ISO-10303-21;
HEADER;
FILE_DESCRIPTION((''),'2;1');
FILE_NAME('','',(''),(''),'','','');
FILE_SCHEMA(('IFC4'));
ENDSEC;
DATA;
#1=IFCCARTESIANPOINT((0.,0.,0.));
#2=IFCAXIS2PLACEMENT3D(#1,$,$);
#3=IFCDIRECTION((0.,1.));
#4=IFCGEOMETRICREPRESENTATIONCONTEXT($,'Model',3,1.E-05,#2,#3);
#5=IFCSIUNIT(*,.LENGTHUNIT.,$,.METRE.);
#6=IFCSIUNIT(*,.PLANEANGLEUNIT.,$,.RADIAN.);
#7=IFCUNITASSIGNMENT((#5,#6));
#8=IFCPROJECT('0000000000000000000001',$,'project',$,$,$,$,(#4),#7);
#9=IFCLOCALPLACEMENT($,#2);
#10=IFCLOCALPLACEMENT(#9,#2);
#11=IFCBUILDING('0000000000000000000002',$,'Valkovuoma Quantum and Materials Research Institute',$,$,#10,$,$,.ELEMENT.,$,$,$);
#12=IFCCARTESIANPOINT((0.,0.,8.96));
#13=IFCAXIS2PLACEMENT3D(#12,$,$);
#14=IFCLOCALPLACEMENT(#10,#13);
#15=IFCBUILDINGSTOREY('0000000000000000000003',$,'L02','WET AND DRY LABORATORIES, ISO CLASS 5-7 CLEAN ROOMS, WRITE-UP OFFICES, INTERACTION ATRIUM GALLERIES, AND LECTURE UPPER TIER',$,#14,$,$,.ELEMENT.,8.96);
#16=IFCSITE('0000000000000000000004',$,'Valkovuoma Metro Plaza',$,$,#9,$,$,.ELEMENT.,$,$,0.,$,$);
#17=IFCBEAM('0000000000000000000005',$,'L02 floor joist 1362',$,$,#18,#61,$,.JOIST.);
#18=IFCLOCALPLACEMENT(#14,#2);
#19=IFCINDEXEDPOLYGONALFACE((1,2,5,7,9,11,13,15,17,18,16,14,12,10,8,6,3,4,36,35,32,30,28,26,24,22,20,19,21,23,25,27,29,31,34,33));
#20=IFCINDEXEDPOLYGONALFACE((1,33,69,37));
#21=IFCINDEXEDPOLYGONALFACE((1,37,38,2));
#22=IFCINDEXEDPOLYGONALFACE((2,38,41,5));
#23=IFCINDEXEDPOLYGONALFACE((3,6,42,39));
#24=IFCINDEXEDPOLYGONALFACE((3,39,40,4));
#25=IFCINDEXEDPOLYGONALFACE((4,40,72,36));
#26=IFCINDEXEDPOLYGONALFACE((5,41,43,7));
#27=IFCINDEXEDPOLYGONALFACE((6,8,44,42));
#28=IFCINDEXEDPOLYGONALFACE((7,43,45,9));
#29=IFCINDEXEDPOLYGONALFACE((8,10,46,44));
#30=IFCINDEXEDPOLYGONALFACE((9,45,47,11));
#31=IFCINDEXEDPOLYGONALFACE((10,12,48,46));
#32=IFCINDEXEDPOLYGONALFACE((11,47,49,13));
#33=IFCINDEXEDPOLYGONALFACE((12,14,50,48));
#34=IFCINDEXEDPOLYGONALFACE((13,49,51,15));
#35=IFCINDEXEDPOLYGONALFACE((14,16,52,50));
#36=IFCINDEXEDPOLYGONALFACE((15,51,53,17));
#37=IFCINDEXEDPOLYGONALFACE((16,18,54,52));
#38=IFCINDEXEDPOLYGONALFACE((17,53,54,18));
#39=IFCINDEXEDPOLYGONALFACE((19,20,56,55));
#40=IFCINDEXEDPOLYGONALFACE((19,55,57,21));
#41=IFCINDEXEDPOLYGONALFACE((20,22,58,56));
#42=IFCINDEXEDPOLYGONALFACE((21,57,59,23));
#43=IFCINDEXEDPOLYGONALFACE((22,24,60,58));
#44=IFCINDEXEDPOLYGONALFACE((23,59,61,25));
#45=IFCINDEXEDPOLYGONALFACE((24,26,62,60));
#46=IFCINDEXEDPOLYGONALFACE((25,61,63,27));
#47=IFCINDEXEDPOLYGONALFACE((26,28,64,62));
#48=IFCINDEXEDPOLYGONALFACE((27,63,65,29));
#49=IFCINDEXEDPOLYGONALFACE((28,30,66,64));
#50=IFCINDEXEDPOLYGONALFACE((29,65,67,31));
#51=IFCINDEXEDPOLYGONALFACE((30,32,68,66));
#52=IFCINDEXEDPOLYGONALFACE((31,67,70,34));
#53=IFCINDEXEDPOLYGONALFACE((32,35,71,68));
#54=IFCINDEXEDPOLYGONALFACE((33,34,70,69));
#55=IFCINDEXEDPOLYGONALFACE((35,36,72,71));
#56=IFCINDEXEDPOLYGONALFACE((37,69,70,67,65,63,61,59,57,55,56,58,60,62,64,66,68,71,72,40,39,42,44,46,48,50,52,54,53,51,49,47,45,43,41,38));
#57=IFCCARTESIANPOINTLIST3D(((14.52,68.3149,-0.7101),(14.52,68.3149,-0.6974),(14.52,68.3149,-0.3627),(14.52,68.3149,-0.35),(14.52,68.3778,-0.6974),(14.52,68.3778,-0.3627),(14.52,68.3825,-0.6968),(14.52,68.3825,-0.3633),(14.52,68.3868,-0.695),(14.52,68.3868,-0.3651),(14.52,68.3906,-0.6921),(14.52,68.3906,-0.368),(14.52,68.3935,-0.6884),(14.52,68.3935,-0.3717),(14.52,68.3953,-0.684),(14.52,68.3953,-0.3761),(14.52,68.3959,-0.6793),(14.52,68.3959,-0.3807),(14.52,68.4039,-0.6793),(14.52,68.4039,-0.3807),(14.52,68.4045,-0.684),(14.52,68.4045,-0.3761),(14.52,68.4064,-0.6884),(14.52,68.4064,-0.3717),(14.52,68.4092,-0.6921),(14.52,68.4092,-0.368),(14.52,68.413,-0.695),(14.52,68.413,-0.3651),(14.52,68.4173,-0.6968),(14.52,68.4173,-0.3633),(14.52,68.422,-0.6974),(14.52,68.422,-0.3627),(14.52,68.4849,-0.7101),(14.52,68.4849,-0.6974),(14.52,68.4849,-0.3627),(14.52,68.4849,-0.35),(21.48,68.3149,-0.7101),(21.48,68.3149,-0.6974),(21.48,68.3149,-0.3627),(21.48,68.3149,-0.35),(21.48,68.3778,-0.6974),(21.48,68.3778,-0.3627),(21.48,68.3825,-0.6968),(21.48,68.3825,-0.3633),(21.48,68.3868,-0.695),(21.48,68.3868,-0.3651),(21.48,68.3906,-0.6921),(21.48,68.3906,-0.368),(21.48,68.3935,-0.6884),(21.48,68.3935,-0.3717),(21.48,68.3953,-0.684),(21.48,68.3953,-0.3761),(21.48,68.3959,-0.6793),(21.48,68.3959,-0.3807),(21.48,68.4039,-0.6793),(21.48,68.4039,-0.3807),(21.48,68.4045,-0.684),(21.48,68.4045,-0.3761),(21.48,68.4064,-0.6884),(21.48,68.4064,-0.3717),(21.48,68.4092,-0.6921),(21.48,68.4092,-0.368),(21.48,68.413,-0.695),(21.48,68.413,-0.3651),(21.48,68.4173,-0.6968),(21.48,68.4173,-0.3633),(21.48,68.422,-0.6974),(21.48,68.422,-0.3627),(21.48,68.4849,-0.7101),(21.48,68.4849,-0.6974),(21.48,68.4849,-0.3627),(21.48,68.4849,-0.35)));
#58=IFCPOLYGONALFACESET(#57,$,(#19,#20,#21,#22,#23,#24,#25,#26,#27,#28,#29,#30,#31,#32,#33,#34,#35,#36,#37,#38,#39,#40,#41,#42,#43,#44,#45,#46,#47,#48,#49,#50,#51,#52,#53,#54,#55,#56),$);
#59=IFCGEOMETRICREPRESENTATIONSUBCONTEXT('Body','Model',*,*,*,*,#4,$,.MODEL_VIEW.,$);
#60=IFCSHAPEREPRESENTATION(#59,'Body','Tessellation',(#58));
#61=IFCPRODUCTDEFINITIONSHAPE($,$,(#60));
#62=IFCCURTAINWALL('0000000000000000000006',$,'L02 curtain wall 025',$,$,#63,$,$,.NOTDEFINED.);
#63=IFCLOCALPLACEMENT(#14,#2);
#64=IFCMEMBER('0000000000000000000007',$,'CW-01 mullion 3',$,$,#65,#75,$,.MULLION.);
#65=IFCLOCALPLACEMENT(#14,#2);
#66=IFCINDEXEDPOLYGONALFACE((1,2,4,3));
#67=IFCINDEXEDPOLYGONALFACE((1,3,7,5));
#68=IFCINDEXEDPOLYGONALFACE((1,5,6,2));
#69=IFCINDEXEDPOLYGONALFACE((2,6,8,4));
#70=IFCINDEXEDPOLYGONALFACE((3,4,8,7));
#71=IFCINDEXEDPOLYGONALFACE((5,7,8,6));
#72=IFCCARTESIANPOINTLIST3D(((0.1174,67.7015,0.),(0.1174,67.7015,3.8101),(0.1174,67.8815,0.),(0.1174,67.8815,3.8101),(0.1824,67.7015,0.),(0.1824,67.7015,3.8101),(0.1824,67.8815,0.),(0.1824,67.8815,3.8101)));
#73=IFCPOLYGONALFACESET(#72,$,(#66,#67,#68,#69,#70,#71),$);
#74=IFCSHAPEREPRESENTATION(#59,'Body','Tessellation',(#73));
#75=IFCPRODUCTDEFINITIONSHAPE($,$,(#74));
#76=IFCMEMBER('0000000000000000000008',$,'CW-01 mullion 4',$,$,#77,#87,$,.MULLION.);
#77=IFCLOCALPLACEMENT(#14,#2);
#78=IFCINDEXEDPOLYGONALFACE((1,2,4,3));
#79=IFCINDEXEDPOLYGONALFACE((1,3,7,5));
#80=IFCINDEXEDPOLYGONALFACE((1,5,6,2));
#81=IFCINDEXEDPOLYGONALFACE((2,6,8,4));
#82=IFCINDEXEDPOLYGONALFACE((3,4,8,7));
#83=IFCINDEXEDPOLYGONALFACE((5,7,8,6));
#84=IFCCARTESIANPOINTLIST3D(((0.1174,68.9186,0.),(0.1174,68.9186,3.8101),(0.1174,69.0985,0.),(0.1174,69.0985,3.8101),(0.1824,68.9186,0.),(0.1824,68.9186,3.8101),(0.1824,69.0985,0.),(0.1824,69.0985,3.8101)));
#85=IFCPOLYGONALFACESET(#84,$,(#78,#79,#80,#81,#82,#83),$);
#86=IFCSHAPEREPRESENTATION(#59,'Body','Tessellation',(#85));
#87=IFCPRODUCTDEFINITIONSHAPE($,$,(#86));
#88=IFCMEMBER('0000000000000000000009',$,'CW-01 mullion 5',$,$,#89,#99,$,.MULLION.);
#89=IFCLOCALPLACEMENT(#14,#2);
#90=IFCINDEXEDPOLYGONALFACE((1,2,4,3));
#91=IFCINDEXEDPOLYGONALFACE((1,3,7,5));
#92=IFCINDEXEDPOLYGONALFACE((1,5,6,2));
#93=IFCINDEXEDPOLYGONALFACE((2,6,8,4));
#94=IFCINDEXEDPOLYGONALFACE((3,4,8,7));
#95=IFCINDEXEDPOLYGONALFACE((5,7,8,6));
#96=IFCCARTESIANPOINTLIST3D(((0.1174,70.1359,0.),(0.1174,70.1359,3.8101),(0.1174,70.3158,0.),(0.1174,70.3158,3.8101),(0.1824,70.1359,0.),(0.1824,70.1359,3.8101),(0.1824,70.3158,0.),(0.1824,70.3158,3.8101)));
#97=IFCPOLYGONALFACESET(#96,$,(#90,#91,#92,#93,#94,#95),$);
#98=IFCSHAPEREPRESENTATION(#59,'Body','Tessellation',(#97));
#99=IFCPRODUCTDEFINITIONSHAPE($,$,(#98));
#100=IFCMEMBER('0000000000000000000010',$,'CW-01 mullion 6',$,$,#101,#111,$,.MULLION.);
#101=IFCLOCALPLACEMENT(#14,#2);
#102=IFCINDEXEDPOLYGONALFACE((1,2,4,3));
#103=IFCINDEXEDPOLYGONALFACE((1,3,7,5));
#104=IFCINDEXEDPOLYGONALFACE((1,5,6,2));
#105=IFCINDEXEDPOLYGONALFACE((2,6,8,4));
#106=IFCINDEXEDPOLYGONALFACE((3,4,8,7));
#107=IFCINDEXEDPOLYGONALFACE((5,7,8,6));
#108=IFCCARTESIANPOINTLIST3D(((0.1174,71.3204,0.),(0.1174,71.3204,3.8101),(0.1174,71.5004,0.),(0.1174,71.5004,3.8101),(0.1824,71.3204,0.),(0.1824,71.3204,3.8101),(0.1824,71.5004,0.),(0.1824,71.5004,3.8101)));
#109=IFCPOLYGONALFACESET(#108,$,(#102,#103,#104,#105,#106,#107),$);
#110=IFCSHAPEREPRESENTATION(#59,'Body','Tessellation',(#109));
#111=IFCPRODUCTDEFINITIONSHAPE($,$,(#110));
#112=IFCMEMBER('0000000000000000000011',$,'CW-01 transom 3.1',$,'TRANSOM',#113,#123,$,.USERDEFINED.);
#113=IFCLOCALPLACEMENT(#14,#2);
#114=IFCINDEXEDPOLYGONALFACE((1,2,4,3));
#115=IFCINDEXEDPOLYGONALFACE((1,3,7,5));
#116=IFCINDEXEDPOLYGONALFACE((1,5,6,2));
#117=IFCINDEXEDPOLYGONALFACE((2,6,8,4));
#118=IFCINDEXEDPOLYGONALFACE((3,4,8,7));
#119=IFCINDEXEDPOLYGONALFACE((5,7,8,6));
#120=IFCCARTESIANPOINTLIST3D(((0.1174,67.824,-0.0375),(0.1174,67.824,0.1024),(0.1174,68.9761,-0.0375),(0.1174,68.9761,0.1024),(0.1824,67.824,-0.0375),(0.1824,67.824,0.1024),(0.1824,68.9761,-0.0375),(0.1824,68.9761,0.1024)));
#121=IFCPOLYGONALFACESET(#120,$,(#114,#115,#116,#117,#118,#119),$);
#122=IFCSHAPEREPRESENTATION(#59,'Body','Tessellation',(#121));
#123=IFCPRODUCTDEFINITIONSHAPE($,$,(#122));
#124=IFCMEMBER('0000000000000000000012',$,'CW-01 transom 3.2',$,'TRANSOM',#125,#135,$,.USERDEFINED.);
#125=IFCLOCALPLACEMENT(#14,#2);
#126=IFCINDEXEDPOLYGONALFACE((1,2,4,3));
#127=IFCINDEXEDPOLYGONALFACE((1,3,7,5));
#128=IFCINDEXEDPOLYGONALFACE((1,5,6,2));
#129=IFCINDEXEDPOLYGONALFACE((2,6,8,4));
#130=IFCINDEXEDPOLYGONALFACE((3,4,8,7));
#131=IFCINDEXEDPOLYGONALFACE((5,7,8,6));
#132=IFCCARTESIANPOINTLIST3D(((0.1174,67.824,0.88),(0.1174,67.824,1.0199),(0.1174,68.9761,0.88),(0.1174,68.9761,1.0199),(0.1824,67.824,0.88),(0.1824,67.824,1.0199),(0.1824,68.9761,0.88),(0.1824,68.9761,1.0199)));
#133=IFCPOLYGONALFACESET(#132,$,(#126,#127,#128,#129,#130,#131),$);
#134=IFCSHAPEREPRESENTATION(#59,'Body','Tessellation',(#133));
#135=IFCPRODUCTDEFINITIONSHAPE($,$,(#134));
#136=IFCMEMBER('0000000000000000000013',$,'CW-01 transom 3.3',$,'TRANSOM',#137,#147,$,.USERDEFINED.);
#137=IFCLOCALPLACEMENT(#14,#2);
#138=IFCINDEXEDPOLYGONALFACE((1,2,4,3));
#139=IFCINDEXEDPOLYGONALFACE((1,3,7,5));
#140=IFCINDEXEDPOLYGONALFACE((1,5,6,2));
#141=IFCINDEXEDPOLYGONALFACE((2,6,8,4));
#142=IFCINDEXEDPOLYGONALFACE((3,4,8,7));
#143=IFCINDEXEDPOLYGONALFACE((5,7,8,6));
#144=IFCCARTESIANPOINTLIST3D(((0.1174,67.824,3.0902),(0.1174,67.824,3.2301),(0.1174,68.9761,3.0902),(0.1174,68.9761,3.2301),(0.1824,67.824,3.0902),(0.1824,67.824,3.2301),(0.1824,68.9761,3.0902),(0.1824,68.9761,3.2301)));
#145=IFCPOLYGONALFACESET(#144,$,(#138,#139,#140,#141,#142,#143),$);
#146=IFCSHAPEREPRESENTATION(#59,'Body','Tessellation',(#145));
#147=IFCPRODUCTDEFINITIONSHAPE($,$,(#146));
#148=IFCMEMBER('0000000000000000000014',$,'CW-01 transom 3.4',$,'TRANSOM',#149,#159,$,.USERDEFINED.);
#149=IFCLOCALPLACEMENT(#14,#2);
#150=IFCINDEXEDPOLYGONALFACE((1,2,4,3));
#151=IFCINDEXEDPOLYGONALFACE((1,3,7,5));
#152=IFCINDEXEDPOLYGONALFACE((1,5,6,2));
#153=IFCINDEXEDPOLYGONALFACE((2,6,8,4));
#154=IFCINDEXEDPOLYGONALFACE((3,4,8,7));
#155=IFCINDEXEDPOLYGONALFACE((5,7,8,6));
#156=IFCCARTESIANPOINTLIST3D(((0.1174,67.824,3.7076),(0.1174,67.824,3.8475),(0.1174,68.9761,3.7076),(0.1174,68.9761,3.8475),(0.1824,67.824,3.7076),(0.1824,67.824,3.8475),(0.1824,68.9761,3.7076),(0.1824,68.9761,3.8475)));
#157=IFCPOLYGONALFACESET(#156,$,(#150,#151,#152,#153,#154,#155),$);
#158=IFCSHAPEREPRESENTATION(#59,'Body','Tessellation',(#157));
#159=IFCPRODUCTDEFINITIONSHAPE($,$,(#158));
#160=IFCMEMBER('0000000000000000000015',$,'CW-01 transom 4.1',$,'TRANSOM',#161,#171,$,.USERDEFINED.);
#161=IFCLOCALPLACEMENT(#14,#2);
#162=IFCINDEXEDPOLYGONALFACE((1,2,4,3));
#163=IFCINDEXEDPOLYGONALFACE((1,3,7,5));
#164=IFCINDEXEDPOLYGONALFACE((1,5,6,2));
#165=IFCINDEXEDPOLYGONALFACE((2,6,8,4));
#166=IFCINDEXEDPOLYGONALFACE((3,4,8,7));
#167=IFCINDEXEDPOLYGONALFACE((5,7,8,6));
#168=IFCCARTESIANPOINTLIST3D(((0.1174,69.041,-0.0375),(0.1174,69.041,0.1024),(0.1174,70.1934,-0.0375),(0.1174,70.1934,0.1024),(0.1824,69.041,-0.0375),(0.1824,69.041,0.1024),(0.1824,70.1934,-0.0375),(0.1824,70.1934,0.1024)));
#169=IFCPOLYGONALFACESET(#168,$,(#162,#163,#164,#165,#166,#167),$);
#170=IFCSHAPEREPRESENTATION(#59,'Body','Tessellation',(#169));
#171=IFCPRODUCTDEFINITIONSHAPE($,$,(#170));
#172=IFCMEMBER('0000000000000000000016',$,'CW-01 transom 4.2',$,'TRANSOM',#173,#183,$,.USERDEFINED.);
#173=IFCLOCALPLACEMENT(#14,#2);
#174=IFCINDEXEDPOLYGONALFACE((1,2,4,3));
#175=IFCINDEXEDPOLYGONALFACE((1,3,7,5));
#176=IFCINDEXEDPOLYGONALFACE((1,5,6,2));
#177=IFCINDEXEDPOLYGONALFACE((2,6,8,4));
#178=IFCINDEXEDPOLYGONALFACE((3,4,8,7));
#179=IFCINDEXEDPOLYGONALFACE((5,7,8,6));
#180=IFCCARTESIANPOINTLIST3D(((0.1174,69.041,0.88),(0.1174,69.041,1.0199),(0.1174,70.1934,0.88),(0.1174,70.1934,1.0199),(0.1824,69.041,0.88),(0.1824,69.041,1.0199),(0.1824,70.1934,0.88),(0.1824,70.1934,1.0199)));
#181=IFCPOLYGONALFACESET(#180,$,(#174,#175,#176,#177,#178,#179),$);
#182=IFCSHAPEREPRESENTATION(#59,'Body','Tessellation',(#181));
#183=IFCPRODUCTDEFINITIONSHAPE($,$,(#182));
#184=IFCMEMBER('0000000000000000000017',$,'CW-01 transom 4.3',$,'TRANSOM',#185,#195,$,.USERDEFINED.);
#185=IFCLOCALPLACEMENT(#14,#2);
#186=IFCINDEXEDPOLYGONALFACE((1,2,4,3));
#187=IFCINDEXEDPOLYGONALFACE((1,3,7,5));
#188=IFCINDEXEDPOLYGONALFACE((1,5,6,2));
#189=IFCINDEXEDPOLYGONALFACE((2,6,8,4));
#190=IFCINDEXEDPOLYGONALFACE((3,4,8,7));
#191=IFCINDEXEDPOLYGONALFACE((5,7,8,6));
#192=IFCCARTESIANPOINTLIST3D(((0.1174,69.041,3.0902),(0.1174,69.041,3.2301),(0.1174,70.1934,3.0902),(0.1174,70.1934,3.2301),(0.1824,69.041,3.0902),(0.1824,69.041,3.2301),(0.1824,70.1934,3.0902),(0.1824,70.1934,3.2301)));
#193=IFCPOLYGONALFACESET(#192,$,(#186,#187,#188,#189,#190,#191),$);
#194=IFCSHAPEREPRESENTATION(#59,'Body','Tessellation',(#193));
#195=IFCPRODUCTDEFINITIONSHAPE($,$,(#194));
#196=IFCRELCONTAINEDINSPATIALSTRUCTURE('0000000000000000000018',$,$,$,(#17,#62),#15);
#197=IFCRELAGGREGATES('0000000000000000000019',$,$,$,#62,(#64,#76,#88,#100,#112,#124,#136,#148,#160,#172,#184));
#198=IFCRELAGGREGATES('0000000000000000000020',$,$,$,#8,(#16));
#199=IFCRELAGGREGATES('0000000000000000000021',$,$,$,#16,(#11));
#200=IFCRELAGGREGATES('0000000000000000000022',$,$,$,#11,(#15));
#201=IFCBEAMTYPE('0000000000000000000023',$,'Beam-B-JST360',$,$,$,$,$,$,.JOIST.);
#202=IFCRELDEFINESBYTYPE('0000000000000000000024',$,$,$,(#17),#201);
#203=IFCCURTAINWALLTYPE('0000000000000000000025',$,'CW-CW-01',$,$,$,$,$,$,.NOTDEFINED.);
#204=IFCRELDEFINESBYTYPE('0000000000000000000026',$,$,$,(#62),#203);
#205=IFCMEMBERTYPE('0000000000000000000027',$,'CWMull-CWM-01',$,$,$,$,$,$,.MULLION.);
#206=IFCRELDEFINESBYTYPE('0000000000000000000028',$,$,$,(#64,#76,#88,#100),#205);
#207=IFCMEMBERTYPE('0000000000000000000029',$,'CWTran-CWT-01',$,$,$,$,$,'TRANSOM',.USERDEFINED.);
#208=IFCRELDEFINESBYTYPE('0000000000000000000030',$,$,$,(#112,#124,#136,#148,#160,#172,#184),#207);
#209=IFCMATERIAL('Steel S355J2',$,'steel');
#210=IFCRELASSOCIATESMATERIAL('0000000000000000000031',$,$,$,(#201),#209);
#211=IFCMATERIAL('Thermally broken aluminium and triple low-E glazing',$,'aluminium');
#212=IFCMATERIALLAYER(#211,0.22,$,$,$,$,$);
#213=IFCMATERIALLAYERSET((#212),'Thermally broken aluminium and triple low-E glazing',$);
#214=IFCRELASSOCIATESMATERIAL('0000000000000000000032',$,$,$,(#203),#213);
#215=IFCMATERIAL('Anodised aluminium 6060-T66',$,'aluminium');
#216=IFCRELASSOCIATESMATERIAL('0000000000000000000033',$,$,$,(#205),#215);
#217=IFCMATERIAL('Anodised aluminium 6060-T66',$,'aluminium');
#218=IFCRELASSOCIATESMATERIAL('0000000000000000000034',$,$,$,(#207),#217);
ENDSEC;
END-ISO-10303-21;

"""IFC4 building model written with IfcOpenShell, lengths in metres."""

from ifc_helpers import new_model, si_unit, direction, frame, origin, origin_2d, place, context, subcontext, project, spatial, rectangle, i_section, extrude, material, layer, layer_set, material_profile, profile_set, type_object, element, aggregate, save


model = new_model("IFC4")

# Units and contexts
model_context = context("Model", 3, precision=1e-05, world=origin(), true_north=direction((0.0, 1.0)))
body_context = subcontext(model_context, "Body", "Model", "MODEL_VIEW")
ifc_project = project(units=[si_unit("LENGTHUNIT", "METRE"), si_unit("PLANEANGLEUNIT", "RADIAN")], contexts=[model_context])

# Site, building, storey
site_placement = place(None, origin())
site = spatial("IfcSite", under=ifc_project, at=site_placement, Name="Valkovuoma Metro Plaza", CompositionType="ELEMENT", RefElevation=0.0)
building_placement = place(site_placement, origin())
building = spatial("IfcBuilding", under=site, at=building_placement, Name="Valkovuoma Quantum and Materials Research Institute", CompositionType="ELEMENT")
storey_placement = place(building_placement, frame((0.0, 0.0, 8.96)))
storey = spatial("IfcBuildingStorey", under=building, at=storey_placement, Name="L02", Description="WET AND DRY LABORATORIES, ISO CLASS 5-7 CLEAN ROOMS, WRITE-UP OFFICES, INTERACTION ATRIUM GALLERIES, AND LECTURE UPPER TIER", CompositionType="ELEMENT", Elevation=8.96)

# Beam
ifc_material_1 = material(Name="Steel S355J2", Category="steel")
ifc_material_profile_1 = material_profile(ifc_material_1, i_section(OverallWidth=0.1699, OverallDepth=0.3601, WebThickness=0.0081, FlangeThickness=0.0127, FilletRadius=0.0181, at=origin_2d()), Name="Steel S355J2")
ifc_profile_set_1 = profile_set([ifc_material_profile_1], Name="Steel S355J2")
beam_type_1 = type_object("IfcBeamType", Name="Beam-B-JST360", PredefinedType="JOIST", material=ifc_profile_set_1)
beam_1_placement = place(storey_placement, frame((14.52, 68.3999, -0.53), z_axis=(1.0, 0.0, 0.0), x_axis=(0.0, 1.0, 0.0)))
element("IfcBeam", 1, at=beam_1_placement, inside=storey, type_object=beam_type_1, Name="L02 floor joist 1362", PredefinedType="JOIST", context=body_context, shape_type="SweptSolid", body=[
    extrude(i_section(OverallWidth=0.1699, OverallDepth=0.3601, WebThickness=0.0081, FlangeThickness=0.0127, FilletRadius=0.0181, at=origin_2d()), origin(), (0.0, 0.0, 1.0), 6.96),
])

# Curtain wall, members
ifc_material_2 = material(Name="Thermally broken aluminium and triple low-E glazing", Category="aluminium")
ifc_layer_1 = layer(ifc_material_2, 0.22)
ifc_layer_set_1 = layer_set([ifc_layer_1], Name="Thermally broken aluminium and triple low-E glazing")
curtain_wall_type = type_object("IfcCurtainWallType", Name="CW-CW-01", PredefinedType="NOTDEFINED", material=ifc_layer_set_1)
curtain_wall_placement = place(storey_placement, origin())
curtain_wall = element("IfcCurtainWall", 2, at=curtain_wall_placement, inside=storey, type_object=curtain_wall_type, Name="L02 curtain wall 025", PredefinedType="NOTDEFINED")
ifc_material_3 = material(Name="Anodised aluminium 6060-T66", Category="aluminium")
ifc_material_profile_2 = material_profile(ifc_material_3, rectangle(XDim=0.0649, YDim=0.1799, at=origin_2d()), Name="Anodised aluminium 6060-T66")
ifc_profile_set_2 = profile_set([ifc_material_profile_2], Name="Anodised aluminium 6060-T66")
member_type_1 = type_object("IfcMemberType", Name="CWMull-CWM-01", PredefinedType="MULLION", material=ifc_profile_set_2)
member_1_placement = place(storey_placement, frame((0.1499, 67.7915, 0.0), z_axis=(0.0, 0.0, 1.0), x_axis=(-1.0, 0.0, 0.0)))
member_1 = element("IfcMember", 3, at=member_1_placement, type_object=member_type_1, Name="CW-01 mullion 3", PredefinedType="MULLION", context=body_context, shape_type="SweptSolid", body=[
    extrude(rectangle(XDim=0.0649, YDim=0.1799, at=origin_2d()), origin(), (0.0, 0.0, 1.0), 3.8101),
])
member_2_placement = place(storey_placement, frame((0.1499, 69.0085, 0.0), z_axis=(0.0, 0.0, 1.0), x_axis=(-1.0, 0.0, 0.0)))
member_2 = element("IfcMember", 4, at=member_2_placement, type_object=member_type_1, Name="CW-01 mullion 4", PredefinedType="MULLION", context=body_context, shape_type="SweptSolid", body=[
    extrude(rectangle(XDim=0.0649, YDim=0.1799, at=origin_2d()), origin(), (0.0, 0.0, 1.0), 3.8101),
])
member_3_placement = place(storey_placement, frame((0.1499, 70.2258, 0.0), z_axis=(0.0, 0.0, 1.0), x_axis=(-1.0, 0.0, 0.0)))
member_3 = element("IfcMember", 5, at=member_3_placement, type_object=member_type_1, Name="CW-01 mullion 5", PredefinedType="MULLION", context=body_context, shape_type="SweptSolid", body=[
    extrude(rectangle(XDim=0.0649, YDim=0.1799, at=origin_2d()), origin(), (0.0, 0.0, 1.0), 3.8101),
])
member_4_placement = place(storey_placement, frame((0.1499, 71.4104, 0.0), z_axis=(0.0, 0.0, 1.0), x_axis=(-1.0, 0.0, 0.0)))
member_4 = element("IfcMember", 6, at=member_4_placement, type_object=member_type_1, Name="CW-01 mullion 6", PredefinedType="MULLION", context=body_context, shape_type="SweptSolid", body=[
    extrude(rectangle(XDim=0.0649, YDim=0.1799, at=origin_2d()), origin(), (0.0, 0.0, 1.0), 3.8101),
])
ifc_material_4 = material(Name="Anodised aluminium 6060-T66", Category="aluminium")
ifc_material_profile_3 = material_profile(ifc_material_4, rectangle(XDim=0.0649, YDim=0.1399, at=origin_2d()), Name="Anodised aluminium 6060-T66")
ifc_profile_set_3 = profile_set([ifc_material_profile_3], Name="Anodised aluminium 6060-T66")
member_type_2 = type_object("IfcMemberType", Name="CWTran-CWT-01", ElementType="TRANSOM", PredefinedType="USERDEFINED", material=ifc_profile_set_3)
member_5_placement = place(storey_placement, frame((0.1499, 67.824, 0.0325), z_axis=(0.0, 1.0, 0.0), x_axis=(-1.0, 0.0, 0.0)))
member_5 = element("IfcMember", 7, at=member_5_placement, type_object=member_type_2, Name="CW-01 transom 3.1", ObjectType="TRANSOM", PredefinedType="USERDEFINED", context=body_context, shape_type="SweptSolid", body=[
    extrude(rectangle(XDim=0.0649, YDim=0.1399, at=origin_2d()), origin(), (0.0, 0.0, 1.0), 1.1521),
])
member_6_placement = place(storey_placement, frame((0.1499, 67.824, 0.95), z_axis=(0.0, 1.0, 0.0), x_axis=(-1.0, 0.0, 0.0)))
member_6 = element("IfcMember", 8, at=member_6_placement, type_object=member_type_2, Name="CW-01 transom 3.2", ObjectType="TRANSOM", PredefinedType="USERDEFINED", context=body_context, shape_type="SweptSolid", body=[
    extrude(rectangle(XDim=0.0649, YDim=0.1399, at=origin_2d()), origin(), (0.0, 0.0, 1.0), 1.1521),
])
member_7_placement = place(storey_placement, frame((0.1499, 67.824, 3.1602), z_axis=(0.0, 1.0, 0.0), x_axis=(-1.0, 0.0, 0.0)))
member_7 = element("IfcMember", 9, at=member_7_placement, type_object=member_type_2, Name="CW-01 transom 3.3", ObjectType="TRANSOM", PredefinedType="USERDEFINED", context=body_context, shape_type="SweptSolid", body=[
    extrude(rectangle(XDim=0.0649, YDim=0.1399, at=origin_2d()), origin(), (0.0, 0.0, 1.0), 1.1521),
])
member_8_placement = place(storey_placement, frame((0.1499, 67.824, 3.7776), z_axis=(0.0, 1.0, 0.0), x_axis=(-1.0, 0.0, 0.0)))
member_8 = element("IfcMember", 10, at=member_8_placement, type_object=member_type_2, Name="CW-01 transom 3.4", ObjectType="TRANSOM", PredefinedType="USERDEFINED", context=body_context, shape_type="SweptSolid", body=[
    extrude(rectangle(XDim=0.0649, YDim=0.1399, at=origin_2d()), origin(), (0.0, 0.0, 1.0), 1.1521),
])
member_9_placement = place(storey_placement, frame((0.1499, 69.041, 0.0325), z_axis=(0.0, 1.0, 0.0), x_axis=(-1.0, 0.0, 0.0)))
member_9 = element("IfcMember", 11, at=member_9_placement, type_object=member_type_2, Name="CW-01 transom 4.1", ObjectType="TRANSOM", PredefinedType="USERDEFINED", context=body_context, shape_type="SweptSolid", body=[
    extrude(rectangle(XDim=0.0649, YDim=0.1399, at=origin_2d()), origin(), (0.0, 0.0, 1.0), 1.1523),
])
member_10_placement = place(storey_placement, frame((0.1499, 69.041, 0.95), z_axis=(0.0, 1.0, 0.0), x_axis=(-1.0, 0.0, 0.0)))
member_10 = element("IfcMember", 12, at=member_10_placement, type_object=member_type_2, Name="CW-01 transom 4.2", ObjectType="TRANSOM", PredefinedType="USERDEFINED", context=body_context, shape_type="SweptSolid", body=[
    extrude(rectangle(XDim=0.0649, YDim=0.1399, at=origin_2d()), origin(), (0.0, 0.0, 1.0), 1.1523),
])
member_11_placement = place(storey_placement, frame((0.1499, 69.041, 3.1602), z_axis=(0.0, 1.0, 0.0), x_axis=(-1.0, 0.0, 0.0)))
member_11 = element("IfcMember", 13, at=member_11_placement, type_object=member_type_2, Name="CW-01 transom 4.3", ObjectType="TRANSOM", PredefinedType="USERDEFINED", context=body_context, shape_type="SweptSolid", body=[
    extrude(rectangle(XDim=0.0649, YDim=0.1399, at=origin_2d()), origin(), (0.0, 0.0, 1.0), 1.1523),
])
aggregate(curtain_wall, [member_1, member_2, member_3, member_4, member_5, member_6, member_7, member_8, member_9, member_10, member_11])

save(model, "model.ifc")
